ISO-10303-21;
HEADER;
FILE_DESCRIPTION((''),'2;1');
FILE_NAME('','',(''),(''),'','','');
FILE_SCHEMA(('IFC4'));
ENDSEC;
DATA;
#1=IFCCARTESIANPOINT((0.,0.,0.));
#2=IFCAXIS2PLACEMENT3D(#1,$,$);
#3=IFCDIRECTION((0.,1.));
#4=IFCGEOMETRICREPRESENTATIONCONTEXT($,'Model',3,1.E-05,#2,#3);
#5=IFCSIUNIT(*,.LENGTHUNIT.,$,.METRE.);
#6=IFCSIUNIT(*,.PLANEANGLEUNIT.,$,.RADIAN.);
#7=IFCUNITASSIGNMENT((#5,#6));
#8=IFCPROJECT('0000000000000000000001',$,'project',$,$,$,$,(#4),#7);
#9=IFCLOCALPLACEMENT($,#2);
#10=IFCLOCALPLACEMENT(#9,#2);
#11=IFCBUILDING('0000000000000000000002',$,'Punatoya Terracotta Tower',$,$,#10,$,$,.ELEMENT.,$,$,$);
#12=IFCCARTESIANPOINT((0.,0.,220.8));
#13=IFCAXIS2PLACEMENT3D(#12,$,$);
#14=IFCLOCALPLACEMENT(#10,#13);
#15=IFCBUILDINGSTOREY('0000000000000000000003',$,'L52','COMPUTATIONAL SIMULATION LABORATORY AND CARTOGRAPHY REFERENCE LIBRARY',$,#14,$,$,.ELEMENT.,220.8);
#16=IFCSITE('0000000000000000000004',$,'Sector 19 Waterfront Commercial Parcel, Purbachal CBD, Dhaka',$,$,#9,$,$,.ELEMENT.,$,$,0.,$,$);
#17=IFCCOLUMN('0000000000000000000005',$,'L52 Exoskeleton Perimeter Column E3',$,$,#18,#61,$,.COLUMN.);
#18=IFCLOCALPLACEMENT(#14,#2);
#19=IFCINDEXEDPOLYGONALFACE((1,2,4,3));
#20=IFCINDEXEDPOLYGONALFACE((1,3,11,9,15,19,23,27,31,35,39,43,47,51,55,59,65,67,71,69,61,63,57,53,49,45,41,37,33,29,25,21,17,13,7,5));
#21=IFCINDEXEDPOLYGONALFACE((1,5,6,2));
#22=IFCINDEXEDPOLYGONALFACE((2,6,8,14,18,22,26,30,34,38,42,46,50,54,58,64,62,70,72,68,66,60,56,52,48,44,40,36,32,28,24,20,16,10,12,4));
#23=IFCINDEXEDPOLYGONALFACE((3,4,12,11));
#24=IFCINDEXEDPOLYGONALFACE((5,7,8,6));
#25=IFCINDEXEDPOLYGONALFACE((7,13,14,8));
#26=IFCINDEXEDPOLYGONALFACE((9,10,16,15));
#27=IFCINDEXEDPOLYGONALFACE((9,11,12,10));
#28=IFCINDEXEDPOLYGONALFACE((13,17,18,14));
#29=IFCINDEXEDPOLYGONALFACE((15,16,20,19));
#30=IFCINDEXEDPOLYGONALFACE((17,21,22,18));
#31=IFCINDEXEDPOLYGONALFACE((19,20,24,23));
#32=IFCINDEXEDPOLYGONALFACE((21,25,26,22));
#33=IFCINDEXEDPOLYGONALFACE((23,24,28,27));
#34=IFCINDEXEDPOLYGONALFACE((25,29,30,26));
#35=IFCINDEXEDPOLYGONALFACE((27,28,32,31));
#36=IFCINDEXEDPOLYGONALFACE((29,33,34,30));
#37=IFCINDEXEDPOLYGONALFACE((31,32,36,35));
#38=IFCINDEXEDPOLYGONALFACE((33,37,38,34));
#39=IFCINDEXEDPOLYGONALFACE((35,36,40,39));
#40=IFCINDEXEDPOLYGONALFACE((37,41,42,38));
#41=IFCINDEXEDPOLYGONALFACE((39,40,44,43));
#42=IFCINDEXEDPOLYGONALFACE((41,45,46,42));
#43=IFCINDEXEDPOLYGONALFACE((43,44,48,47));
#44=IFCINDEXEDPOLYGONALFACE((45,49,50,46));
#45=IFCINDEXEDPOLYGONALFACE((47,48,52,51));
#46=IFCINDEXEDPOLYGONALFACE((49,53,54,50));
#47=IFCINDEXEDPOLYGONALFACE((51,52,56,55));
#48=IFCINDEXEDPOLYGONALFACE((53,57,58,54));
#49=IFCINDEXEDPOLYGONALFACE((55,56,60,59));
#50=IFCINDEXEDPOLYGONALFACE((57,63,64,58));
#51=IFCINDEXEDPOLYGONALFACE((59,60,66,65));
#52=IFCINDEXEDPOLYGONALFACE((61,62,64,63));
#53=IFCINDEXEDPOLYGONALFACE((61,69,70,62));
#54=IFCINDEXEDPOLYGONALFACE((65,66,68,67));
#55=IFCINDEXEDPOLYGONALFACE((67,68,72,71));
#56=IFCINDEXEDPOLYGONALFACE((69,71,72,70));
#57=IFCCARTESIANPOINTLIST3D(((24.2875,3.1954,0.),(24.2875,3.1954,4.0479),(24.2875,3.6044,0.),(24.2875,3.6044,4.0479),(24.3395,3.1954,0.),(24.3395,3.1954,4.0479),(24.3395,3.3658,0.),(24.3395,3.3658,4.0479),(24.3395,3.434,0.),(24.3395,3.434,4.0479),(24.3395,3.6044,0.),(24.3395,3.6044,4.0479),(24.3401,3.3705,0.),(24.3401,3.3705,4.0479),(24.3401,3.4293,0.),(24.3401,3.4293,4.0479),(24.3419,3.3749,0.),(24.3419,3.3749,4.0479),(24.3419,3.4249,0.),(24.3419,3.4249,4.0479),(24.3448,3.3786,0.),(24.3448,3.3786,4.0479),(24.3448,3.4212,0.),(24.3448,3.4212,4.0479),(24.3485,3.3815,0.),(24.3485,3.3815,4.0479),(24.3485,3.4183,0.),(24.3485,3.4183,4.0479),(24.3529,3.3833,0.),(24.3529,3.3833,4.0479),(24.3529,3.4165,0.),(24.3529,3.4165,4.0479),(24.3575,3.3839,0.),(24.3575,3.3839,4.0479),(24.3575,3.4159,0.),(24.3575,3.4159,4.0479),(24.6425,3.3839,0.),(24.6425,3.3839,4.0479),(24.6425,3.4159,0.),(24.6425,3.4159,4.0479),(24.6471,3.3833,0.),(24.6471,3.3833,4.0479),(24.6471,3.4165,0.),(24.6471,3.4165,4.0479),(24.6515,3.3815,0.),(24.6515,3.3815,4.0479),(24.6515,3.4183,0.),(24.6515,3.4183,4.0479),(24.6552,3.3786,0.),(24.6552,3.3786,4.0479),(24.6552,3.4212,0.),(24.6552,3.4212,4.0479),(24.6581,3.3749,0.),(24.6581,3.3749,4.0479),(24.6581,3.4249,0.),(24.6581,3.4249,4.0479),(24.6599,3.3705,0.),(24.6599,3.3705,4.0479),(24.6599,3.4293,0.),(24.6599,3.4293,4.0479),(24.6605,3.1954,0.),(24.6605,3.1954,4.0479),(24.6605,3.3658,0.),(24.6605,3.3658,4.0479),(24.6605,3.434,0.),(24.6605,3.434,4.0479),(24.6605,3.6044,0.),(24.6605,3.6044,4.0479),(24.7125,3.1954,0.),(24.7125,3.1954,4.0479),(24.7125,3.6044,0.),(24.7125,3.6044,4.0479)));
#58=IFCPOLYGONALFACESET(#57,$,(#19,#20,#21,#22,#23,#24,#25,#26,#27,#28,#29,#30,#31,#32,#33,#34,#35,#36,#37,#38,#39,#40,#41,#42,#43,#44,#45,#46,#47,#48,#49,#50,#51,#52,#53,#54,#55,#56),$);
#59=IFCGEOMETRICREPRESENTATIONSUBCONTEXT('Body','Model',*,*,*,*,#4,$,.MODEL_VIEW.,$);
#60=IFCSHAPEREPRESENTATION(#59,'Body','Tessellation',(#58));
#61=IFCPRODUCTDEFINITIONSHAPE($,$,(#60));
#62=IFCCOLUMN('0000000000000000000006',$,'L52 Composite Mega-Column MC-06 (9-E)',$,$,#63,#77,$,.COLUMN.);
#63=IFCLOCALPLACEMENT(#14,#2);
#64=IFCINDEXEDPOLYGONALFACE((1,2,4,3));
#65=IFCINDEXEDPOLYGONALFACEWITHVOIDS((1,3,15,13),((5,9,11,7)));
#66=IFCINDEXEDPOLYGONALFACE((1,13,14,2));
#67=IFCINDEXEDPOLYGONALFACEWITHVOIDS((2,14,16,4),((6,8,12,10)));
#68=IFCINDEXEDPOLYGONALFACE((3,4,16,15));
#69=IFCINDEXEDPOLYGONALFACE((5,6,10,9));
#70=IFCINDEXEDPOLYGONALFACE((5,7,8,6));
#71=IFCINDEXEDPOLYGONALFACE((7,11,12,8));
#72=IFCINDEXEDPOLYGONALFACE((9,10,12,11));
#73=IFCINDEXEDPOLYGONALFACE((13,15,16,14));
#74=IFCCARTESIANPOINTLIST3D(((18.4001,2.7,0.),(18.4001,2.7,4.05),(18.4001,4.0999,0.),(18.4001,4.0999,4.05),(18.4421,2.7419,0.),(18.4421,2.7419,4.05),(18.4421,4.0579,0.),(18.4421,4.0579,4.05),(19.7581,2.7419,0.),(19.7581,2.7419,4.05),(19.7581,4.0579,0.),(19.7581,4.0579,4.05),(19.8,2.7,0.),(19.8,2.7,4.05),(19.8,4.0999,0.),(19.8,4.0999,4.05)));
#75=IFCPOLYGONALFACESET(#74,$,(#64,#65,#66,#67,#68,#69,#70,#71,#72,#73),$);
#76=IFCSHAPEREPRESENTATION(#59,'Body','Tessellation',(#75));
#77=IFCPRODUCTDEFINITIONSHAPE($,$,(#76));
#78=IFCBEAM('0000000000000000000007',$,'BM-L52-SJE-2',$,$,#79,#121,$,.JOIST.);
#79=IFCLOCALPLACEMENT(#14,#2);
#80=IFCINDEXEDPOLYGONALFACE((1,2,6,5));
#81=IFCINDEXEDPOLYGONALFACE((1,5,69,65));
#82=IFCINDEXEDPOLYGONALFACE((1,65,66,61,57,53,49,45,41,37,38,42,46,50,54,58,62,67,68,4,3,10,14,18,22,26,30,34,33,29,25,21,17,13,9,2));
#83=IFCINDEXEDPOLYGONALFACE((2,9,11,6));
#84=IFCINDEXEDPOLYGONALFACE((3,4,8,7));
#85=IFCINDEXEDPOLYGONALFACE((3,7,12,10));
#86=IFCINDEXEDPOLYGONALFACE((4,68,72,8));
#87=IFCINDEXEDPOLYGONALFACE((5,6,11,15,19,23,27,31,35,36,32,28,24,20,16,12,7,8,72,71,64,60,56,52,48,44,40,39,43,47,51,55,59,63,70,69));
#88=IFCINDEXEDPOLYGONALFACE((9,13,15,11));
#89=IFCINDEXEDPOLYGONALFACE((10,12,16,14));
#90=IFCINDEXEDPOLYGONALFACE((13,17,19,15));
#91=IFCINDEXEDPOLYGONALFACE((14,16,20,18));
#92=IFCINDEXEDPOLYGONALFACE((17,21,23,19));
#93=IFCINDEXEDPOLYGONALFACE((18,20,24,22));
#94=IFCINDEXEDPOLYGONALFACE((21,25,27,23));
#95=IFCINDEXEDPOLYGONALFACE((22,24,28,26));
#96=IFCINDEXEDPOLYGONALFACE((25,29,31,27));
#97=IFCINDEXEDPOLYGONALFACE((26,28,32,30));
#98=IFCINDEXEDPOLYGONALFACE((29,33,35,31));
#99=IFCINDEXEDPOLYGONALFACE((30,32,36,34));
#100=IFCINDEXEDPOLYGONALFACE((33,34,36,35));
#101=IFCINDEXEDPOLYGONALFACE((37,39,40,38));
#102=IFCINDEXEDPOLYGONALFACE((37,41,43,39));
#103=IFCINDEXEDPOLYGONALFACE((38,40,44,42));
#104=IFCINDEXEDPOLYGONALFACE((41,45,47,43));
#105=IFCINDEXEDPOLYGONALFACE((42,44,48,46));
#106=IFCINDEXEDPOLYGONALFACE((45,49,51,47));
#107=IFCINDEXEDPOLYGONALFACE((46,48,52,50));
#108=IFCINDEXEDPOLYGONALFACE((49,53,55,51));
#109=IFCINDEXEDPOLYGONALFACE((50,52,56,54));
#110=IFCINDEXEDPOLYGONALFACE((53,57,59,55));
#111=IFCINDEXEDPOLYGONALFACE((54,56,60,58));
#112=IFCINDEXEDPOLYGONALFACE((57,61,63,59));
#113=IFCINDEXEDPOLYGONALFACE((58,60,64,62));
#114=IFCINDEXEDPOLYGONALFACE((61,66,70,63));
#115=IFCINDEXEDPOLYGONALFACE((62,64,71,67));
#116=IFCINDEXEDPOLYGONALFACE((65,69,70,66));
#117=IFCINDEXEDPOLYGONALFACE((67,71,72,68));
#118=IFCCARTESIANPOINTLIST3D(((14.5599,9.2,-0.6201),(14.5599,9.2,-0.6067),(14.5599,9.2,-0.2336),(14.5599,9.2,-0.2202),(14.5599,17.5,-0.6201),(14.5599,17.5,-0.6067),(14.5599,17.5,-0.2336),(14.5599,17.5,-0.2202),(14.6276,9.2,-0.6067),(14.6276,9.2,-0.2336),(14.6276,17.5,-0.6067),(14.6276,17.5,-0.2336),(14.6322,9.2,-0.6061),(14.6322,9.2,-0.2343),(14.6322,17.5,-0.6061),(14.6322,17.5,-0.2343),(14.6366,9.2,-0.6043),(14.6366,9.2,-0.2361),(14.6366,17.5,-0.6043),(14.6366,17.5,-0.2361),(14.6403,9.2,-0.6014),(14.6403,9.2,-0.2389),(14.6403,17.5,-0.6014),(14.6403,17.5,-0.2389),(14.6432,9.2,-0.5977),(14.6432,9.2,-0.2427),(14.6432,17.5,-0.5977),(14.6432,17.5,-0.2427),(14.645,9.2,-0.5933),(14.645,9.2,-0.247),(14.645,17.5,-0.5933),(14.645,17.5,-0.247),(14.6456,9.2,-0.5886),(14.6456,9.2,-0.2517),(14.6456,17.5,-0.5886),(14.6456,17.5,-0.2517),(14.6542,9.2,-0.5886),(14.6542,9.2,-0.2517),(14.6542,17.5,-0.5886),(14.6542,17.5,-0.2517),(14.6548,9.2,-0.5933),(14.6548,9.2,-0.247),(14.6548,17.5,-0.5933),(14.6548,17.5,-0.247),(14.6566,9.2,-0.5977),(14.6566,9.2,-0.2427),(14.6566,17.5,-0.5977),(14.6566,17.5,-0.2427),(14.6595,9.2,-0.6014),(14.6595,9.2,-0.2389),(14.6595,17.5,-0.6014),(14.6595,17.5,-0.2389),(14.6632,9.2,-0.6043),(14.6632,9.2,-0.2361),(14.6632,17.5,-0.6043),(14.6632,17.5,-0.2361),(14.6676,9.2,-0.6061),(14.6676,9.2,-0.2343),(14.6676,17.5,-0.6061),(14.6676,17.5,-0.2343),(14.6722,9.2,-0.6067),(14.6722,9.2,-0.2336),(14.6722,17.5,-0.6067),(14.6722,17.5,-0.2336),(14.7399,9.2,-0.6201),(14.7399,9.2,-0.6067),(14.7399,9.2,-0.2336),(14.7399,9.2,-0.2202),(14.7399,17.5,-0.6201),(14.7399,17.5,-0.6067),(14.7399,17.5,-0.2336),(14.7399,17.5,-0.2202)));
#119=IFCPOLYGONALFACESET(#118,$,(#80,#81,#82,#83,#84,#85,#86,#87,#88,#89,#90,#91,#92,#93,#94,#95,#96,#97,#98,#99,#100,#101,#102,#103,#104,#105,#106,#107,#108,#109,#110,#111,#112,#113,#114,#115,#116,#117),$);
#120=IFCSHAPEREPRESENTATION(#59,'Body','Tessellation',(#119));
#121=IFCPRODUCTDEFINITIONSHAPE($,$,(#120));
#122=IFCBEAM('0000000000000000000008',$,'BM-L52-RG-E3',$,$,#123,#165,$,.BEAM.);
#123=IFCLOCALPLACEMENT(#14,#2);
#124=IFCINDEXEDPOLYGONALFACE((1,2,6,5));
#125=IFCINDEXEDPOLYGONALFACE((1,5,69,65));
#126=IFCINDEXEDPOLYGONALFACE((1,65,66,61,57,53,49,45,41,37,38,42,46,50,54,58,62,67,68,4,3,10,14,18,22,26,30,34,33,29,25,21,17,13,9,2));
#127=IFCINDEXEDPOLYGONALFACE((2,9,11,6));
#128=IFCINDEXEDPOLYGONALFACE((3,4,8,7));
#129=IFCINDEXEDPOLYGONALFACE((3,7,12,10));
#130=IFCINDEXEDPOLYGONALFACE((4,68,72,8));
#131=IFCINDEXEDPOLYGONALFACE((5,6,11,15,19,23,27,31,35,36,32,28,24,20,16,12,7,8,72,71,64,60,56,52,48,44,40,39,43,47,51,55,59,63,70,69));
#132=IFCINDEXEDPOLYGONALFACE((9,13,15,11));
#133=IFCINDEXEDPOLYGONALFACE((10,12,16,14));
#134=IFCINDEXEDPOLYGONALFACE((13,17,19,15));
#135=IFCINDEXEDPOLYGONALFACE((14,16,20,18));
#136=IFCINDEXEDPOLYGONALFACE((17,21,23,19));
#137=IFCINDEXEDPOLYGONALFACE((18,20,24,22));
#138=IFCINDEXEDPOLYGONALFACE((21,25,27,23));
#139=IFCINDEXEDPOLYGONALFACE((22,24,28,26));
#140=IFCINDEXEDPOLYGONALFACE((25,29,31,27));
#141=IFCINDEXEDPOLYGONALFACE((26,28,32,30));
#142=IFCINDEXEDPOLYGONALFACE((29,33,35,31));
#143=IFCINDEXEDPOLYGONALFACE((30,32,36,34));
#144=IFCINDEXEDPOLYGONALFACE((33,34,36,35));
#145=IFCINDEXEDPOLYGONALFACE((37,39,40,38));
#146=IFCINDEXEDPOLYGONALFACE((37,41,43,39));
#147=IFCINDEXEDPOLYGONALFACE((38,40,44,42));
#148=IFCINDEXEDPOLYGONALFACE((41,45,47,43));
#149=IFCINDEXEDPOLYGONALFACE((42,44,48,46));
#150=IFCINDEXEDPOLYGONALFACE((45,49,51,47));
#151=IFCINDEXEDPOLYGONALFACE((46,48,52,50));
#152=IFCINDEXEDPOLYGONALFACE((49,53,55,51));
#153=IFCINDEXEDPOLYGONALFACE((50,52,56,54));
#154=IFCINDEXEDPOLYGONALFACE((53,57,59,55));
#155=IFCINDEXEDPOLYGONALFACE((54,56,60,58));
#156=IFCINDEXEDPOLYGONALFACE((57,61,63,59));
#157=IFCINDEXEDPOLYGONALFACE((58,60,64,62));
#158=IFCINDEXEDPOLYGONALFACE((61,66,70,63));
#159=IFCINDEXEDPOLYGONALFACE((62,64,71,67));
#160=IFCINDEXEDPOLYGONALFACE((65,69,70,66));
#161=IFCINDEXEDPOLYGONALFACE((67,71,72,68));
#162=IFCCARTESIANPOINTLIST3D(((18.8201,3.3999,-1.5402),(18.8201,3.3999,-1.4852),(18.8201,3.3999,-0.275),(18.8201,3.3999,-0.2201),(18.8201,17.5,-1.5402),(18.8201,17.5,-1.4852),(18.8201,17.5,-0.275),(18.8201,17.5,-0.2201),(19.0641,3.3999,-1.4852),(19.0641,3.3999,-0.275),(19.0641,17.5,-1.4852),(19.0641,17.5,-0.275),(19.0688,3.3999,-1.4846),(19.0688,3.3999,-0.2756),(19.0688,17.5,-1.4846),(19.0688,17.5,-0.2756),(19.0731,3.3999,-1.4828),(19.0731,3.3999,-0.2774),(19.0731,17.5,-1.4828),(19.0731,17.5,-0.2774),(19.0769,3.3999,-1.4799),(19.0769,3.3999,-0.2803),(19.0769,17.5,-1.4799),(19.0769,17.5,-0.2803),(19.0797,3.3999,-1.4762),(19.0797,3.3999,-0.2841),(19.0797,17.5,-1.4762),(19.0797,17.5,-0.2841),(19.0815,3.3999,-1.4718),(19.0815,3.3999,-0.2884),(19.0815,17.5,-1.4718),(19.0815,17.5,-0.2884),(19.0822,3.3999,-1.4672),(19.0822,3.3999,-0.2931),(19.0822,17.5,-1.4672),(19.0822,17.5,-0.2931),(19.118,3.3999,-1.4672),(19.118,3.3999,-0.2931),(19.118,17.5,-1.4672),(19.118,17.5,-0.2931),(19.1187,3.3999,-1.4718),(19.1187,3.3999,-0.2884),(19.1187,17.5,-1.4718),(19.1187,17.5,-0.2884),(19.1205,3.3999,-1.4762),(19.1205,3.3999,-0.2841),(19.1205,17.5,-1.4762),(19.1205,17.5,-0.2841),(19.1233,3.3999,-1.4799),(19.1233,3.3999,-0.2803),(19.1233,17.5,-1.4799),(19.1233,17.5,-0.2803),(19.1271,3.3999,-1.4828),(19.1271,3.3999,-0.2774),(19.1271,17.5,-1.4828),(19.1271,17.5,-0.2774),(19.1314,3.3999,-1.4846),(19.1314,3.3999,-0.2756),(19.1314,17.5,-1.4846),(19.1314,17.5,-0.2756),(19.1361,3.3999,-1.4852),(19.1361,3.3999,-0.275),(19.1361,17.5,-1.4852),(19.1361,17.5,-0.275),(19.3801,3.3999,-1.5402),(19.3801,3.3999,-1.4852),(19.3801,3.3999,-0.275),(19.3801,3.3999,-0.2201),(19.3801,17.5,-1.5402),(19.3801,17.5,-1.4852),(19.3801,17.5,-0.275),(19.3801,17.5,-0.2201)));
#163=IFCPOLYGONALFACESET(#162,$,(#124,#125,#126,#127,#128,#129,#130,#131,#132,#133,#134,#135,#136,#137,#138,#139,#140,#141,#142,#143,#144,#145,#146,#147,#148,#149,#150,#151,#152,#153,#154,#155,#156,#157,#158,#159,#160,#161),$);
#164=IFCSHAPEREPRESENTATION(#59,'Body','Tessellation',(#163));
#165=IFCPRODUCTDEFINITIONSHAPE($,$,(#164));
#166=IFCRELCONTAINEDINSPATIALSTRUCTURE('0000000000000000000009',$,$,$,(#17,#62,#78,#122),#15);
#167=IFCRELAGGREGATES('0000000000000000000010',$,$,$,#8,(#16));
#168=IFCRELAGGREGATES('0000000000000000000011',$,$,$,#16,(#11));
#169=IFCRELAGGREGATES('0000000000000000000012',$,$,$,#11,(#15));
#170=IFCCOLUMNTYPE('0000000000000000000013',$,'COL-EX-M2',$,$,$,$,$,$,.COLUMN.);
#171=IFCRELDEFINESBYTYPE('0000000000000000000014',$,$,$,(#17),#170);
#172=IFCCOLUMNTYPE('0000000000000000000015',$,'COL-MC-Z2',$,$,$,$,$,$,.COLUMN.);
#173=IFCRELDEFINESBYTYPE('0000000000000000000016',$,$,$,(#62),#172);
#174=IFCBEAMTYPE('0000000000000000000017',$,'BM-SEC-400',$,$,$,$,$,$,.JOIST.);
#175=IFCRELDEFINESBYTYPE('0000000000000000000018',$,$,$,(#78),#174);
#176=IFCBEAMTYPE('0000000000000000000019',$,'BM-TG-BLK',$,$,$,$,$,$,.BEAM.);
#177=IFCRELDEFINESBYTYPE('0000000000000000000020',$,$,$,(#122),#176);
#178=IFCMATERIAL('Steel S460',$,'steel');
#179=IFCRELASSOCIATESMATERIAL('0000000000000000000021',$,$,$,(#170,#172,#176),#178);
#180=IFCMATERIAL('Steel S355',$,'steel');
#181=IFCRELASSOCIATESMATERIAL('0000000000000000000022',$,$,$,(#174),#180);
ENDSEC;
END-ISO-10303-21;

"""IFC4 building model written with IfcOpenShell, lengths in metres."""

from ifc_helpers import new_model, si_unit, direction, frame, origin, origin_2d, place, context, subcontext, project, spatial, hollow_rectangle, i_section, extrude, material, material_profile, profile_set, type_object, element, save


model = new_model("IFC4")

# Units and contexts
model_context = context("Model", 3, precision=1e-05, world=origin(), true_north=direction((0.0, 1.0)))
body_context = subcontext(model_context, "Body", "Model", "MODEL_VIEW")
ifc_project = project(units=[si_unit("LENGTHUNIT", "METRE"), si_unit("PLANEANGLEUNIT", "RADIAN")], contexts=[model_context])

# Site, building, storey
site_placement = place(None, origin())
site = spatial("IfcSite", under=ifc_project, at=site_placement, Name="Sector 19 Waterfront Commercial Parcel, Purbachal CBD, Dhaka", CompositionType="ELEMENT", RefElevation=0.0)
building_placement = place(site_placement, origin())
building = spatial("IfcBuilding", under=site, at=building_placement, Name="Punatoya Terracotta Tower", CompositionType="ELEMENT")
storey_placement = place(building_placement, frame((0.0, 0.0, 220.8)))
storey = spatial("IfcBuildingStorey", under=building, at=storey_placement, Name="L52", Description="COMPUTATIONAL SIMULATION LABORATORY AND CARTOGRAPHY REFERENCE LIBRARY", CompositionType="ELEMENT", Elevation=220.8)

# Columns
ifc_material_1 = material(Name="Steel S460", Category="steel")
ifc_material_profile_1 = material_profile(ifc_material_1, i_section(OverallWidth=0.4089, OverallDepth=0.425, WebThickness=0.032, FlangeThickness=0.052, FilletRadius=0.0181, at=origin_2d()))
ifc_profile_set_1 = profile_set([ifc_material_profile_1], Name="Steel S460")
column_type_1 = type_object("IfcColumnType", Name="COL-EX-M2", PredefinedType="COLUMN", material=ifc_profile_set_1)
column_1_placement = place(storey_placement, frame((24.5, 3.3999, 0.0), z_axis=(0.0, 0.0, 1.0), x_axis=(0.0, 1.0, 0.0)))
element("IfcColumn", 1, at=column_1_placement, inside=storey, type_object=column_type_1, Name="L52 Exoskeleton Perimeter Column E3", PredefinedType="COLUMN", context=body_context, shape_type="SweptSolid", body=[
    extrude(i_section(OverallWidth=0.4089, OverallDepth=0.425, WebThickness=0.032, FlangeThickness=0.052, FilletRadius=0.0181, at=origin_2d()), origin(), (0.0, 0.0, 1.0), 4.0479),
])
ifc_material_profile_2 = material_profile(ifc_material_1, hollow_rectangle(XDim=1.3999, YDim=1.3999, WallThickness=0.042, at=origin_2d()))
ifc_profile_set_2 = profile_set([ifc_material_profile_2], Name="Steel S460")
column_type_2 = type_object("IfcColumnType", Name="COL-MC-Z2", PredefinedType="COLUMN", material=ifc_profile_set_2)
column_2_placement = place(storey_placement, frame((19.1001, 3.3999, 0.0), z_axis=(0.0, 0.0, 1.0), x_axis=(1.0, 0.0, 0.0)))
element("IfcColumn", 2, at=column_2_placement, inside=storey, type_object=column_type_2, Name="L52 Composite Mega-Column MC-06 (9-E)", PredefinedType="COLUMN", context=body_context, shape_type="SweptSolid", body=[
    extrude(hollow_rectangle(XDim=1.3999, YDim=1.3999, WallThickness=0.042, at=origin_2d()), origin(), (0.0, 0.0, 1.0), 4.05),
])

# Beams
ifc_material_2 = material(Name="Steel S355", Category="steel")
ifc_material_profile_3 = material_profile(ifc_material_2, i_section(OverallWidth=0.1799, OverallDepth=0.3999, WebThickness=0.0085, FlangeThickness=0.0134, FilletRadius=0.0181, at=origin_2d()))
ifc_profile_set_3 = profile_set([ifc_material_profile_3], Name="Steel S355")
beam_type_1 = type_object("IfcBeamType", Name="BM-SEC-400", PredefinedType="JOIST", material=ifc_profile_set_3)
beam_1_placement = place(storey_placement, frame((14.6499, 9.2, -0.4202), z_axis=(0.0, 1.0, 0.0), x_axis=(-1.0, 0.0, 0.0)))
element("IfcBeam", 3, at=beam_1_placement, inside=storey, type_object=beam_type_1, Name="BM-L52-SJE-2", PredefinedType="JOIST", context=body_context, shape_type="SweptSolid", body=[
    extrude(i_section(OverallWidth=0.1799, OverallDepth=0.3999, WebThickness=0.0085, FlangeThickness=0.0134, FilletRadius=0.0181, at=origin_2d()), origin(), (0.0, 0.0, 1.0), 8.3),
])
ifc_material_profile_4 = material_profile(ifc_material_1, i_section(OverallWidth=0.5601, OverallDepth=1.3201, WebThickness=0.0359, FlangeThickness=0.0549, FilletRadius=0.0181, at=origin_2d()))
ifc_profile_set_4 = profile_set([ifc_material_profile_4], Name="Steel S460")
beam_type_2 = type_object("IfcBeamType", Name="BM-TG-BLK", PredefinedType="BEAM", material=ifc_profile_set_4)
beam_2_placement = place(storey_placement, frame((19.1001, 3.3999, -0.8801), z_axis=(0.0, 1.0, 0.0), x_axis=(-1.0, 0.0, 0.0)))
element("IfcBeam", 4, at=beam_2_placement, inside=storey, type_object=beam_type_2, Name="BM-L52-RG-E3", PredefinedType="BEAM", context=body_context, shape_type="SweptSolid", body=[
    extrude(i_section(OverallWidth=0.5601, OverallDepth=1.3201, WebThickness=0.0359, FlangeThickness=0.0549, FilletRadius=0.0181, at=origin_2d()), origin(), (0.0, 0.0, 1.0), 14.1001),
])

save(model, "model.ifc")
